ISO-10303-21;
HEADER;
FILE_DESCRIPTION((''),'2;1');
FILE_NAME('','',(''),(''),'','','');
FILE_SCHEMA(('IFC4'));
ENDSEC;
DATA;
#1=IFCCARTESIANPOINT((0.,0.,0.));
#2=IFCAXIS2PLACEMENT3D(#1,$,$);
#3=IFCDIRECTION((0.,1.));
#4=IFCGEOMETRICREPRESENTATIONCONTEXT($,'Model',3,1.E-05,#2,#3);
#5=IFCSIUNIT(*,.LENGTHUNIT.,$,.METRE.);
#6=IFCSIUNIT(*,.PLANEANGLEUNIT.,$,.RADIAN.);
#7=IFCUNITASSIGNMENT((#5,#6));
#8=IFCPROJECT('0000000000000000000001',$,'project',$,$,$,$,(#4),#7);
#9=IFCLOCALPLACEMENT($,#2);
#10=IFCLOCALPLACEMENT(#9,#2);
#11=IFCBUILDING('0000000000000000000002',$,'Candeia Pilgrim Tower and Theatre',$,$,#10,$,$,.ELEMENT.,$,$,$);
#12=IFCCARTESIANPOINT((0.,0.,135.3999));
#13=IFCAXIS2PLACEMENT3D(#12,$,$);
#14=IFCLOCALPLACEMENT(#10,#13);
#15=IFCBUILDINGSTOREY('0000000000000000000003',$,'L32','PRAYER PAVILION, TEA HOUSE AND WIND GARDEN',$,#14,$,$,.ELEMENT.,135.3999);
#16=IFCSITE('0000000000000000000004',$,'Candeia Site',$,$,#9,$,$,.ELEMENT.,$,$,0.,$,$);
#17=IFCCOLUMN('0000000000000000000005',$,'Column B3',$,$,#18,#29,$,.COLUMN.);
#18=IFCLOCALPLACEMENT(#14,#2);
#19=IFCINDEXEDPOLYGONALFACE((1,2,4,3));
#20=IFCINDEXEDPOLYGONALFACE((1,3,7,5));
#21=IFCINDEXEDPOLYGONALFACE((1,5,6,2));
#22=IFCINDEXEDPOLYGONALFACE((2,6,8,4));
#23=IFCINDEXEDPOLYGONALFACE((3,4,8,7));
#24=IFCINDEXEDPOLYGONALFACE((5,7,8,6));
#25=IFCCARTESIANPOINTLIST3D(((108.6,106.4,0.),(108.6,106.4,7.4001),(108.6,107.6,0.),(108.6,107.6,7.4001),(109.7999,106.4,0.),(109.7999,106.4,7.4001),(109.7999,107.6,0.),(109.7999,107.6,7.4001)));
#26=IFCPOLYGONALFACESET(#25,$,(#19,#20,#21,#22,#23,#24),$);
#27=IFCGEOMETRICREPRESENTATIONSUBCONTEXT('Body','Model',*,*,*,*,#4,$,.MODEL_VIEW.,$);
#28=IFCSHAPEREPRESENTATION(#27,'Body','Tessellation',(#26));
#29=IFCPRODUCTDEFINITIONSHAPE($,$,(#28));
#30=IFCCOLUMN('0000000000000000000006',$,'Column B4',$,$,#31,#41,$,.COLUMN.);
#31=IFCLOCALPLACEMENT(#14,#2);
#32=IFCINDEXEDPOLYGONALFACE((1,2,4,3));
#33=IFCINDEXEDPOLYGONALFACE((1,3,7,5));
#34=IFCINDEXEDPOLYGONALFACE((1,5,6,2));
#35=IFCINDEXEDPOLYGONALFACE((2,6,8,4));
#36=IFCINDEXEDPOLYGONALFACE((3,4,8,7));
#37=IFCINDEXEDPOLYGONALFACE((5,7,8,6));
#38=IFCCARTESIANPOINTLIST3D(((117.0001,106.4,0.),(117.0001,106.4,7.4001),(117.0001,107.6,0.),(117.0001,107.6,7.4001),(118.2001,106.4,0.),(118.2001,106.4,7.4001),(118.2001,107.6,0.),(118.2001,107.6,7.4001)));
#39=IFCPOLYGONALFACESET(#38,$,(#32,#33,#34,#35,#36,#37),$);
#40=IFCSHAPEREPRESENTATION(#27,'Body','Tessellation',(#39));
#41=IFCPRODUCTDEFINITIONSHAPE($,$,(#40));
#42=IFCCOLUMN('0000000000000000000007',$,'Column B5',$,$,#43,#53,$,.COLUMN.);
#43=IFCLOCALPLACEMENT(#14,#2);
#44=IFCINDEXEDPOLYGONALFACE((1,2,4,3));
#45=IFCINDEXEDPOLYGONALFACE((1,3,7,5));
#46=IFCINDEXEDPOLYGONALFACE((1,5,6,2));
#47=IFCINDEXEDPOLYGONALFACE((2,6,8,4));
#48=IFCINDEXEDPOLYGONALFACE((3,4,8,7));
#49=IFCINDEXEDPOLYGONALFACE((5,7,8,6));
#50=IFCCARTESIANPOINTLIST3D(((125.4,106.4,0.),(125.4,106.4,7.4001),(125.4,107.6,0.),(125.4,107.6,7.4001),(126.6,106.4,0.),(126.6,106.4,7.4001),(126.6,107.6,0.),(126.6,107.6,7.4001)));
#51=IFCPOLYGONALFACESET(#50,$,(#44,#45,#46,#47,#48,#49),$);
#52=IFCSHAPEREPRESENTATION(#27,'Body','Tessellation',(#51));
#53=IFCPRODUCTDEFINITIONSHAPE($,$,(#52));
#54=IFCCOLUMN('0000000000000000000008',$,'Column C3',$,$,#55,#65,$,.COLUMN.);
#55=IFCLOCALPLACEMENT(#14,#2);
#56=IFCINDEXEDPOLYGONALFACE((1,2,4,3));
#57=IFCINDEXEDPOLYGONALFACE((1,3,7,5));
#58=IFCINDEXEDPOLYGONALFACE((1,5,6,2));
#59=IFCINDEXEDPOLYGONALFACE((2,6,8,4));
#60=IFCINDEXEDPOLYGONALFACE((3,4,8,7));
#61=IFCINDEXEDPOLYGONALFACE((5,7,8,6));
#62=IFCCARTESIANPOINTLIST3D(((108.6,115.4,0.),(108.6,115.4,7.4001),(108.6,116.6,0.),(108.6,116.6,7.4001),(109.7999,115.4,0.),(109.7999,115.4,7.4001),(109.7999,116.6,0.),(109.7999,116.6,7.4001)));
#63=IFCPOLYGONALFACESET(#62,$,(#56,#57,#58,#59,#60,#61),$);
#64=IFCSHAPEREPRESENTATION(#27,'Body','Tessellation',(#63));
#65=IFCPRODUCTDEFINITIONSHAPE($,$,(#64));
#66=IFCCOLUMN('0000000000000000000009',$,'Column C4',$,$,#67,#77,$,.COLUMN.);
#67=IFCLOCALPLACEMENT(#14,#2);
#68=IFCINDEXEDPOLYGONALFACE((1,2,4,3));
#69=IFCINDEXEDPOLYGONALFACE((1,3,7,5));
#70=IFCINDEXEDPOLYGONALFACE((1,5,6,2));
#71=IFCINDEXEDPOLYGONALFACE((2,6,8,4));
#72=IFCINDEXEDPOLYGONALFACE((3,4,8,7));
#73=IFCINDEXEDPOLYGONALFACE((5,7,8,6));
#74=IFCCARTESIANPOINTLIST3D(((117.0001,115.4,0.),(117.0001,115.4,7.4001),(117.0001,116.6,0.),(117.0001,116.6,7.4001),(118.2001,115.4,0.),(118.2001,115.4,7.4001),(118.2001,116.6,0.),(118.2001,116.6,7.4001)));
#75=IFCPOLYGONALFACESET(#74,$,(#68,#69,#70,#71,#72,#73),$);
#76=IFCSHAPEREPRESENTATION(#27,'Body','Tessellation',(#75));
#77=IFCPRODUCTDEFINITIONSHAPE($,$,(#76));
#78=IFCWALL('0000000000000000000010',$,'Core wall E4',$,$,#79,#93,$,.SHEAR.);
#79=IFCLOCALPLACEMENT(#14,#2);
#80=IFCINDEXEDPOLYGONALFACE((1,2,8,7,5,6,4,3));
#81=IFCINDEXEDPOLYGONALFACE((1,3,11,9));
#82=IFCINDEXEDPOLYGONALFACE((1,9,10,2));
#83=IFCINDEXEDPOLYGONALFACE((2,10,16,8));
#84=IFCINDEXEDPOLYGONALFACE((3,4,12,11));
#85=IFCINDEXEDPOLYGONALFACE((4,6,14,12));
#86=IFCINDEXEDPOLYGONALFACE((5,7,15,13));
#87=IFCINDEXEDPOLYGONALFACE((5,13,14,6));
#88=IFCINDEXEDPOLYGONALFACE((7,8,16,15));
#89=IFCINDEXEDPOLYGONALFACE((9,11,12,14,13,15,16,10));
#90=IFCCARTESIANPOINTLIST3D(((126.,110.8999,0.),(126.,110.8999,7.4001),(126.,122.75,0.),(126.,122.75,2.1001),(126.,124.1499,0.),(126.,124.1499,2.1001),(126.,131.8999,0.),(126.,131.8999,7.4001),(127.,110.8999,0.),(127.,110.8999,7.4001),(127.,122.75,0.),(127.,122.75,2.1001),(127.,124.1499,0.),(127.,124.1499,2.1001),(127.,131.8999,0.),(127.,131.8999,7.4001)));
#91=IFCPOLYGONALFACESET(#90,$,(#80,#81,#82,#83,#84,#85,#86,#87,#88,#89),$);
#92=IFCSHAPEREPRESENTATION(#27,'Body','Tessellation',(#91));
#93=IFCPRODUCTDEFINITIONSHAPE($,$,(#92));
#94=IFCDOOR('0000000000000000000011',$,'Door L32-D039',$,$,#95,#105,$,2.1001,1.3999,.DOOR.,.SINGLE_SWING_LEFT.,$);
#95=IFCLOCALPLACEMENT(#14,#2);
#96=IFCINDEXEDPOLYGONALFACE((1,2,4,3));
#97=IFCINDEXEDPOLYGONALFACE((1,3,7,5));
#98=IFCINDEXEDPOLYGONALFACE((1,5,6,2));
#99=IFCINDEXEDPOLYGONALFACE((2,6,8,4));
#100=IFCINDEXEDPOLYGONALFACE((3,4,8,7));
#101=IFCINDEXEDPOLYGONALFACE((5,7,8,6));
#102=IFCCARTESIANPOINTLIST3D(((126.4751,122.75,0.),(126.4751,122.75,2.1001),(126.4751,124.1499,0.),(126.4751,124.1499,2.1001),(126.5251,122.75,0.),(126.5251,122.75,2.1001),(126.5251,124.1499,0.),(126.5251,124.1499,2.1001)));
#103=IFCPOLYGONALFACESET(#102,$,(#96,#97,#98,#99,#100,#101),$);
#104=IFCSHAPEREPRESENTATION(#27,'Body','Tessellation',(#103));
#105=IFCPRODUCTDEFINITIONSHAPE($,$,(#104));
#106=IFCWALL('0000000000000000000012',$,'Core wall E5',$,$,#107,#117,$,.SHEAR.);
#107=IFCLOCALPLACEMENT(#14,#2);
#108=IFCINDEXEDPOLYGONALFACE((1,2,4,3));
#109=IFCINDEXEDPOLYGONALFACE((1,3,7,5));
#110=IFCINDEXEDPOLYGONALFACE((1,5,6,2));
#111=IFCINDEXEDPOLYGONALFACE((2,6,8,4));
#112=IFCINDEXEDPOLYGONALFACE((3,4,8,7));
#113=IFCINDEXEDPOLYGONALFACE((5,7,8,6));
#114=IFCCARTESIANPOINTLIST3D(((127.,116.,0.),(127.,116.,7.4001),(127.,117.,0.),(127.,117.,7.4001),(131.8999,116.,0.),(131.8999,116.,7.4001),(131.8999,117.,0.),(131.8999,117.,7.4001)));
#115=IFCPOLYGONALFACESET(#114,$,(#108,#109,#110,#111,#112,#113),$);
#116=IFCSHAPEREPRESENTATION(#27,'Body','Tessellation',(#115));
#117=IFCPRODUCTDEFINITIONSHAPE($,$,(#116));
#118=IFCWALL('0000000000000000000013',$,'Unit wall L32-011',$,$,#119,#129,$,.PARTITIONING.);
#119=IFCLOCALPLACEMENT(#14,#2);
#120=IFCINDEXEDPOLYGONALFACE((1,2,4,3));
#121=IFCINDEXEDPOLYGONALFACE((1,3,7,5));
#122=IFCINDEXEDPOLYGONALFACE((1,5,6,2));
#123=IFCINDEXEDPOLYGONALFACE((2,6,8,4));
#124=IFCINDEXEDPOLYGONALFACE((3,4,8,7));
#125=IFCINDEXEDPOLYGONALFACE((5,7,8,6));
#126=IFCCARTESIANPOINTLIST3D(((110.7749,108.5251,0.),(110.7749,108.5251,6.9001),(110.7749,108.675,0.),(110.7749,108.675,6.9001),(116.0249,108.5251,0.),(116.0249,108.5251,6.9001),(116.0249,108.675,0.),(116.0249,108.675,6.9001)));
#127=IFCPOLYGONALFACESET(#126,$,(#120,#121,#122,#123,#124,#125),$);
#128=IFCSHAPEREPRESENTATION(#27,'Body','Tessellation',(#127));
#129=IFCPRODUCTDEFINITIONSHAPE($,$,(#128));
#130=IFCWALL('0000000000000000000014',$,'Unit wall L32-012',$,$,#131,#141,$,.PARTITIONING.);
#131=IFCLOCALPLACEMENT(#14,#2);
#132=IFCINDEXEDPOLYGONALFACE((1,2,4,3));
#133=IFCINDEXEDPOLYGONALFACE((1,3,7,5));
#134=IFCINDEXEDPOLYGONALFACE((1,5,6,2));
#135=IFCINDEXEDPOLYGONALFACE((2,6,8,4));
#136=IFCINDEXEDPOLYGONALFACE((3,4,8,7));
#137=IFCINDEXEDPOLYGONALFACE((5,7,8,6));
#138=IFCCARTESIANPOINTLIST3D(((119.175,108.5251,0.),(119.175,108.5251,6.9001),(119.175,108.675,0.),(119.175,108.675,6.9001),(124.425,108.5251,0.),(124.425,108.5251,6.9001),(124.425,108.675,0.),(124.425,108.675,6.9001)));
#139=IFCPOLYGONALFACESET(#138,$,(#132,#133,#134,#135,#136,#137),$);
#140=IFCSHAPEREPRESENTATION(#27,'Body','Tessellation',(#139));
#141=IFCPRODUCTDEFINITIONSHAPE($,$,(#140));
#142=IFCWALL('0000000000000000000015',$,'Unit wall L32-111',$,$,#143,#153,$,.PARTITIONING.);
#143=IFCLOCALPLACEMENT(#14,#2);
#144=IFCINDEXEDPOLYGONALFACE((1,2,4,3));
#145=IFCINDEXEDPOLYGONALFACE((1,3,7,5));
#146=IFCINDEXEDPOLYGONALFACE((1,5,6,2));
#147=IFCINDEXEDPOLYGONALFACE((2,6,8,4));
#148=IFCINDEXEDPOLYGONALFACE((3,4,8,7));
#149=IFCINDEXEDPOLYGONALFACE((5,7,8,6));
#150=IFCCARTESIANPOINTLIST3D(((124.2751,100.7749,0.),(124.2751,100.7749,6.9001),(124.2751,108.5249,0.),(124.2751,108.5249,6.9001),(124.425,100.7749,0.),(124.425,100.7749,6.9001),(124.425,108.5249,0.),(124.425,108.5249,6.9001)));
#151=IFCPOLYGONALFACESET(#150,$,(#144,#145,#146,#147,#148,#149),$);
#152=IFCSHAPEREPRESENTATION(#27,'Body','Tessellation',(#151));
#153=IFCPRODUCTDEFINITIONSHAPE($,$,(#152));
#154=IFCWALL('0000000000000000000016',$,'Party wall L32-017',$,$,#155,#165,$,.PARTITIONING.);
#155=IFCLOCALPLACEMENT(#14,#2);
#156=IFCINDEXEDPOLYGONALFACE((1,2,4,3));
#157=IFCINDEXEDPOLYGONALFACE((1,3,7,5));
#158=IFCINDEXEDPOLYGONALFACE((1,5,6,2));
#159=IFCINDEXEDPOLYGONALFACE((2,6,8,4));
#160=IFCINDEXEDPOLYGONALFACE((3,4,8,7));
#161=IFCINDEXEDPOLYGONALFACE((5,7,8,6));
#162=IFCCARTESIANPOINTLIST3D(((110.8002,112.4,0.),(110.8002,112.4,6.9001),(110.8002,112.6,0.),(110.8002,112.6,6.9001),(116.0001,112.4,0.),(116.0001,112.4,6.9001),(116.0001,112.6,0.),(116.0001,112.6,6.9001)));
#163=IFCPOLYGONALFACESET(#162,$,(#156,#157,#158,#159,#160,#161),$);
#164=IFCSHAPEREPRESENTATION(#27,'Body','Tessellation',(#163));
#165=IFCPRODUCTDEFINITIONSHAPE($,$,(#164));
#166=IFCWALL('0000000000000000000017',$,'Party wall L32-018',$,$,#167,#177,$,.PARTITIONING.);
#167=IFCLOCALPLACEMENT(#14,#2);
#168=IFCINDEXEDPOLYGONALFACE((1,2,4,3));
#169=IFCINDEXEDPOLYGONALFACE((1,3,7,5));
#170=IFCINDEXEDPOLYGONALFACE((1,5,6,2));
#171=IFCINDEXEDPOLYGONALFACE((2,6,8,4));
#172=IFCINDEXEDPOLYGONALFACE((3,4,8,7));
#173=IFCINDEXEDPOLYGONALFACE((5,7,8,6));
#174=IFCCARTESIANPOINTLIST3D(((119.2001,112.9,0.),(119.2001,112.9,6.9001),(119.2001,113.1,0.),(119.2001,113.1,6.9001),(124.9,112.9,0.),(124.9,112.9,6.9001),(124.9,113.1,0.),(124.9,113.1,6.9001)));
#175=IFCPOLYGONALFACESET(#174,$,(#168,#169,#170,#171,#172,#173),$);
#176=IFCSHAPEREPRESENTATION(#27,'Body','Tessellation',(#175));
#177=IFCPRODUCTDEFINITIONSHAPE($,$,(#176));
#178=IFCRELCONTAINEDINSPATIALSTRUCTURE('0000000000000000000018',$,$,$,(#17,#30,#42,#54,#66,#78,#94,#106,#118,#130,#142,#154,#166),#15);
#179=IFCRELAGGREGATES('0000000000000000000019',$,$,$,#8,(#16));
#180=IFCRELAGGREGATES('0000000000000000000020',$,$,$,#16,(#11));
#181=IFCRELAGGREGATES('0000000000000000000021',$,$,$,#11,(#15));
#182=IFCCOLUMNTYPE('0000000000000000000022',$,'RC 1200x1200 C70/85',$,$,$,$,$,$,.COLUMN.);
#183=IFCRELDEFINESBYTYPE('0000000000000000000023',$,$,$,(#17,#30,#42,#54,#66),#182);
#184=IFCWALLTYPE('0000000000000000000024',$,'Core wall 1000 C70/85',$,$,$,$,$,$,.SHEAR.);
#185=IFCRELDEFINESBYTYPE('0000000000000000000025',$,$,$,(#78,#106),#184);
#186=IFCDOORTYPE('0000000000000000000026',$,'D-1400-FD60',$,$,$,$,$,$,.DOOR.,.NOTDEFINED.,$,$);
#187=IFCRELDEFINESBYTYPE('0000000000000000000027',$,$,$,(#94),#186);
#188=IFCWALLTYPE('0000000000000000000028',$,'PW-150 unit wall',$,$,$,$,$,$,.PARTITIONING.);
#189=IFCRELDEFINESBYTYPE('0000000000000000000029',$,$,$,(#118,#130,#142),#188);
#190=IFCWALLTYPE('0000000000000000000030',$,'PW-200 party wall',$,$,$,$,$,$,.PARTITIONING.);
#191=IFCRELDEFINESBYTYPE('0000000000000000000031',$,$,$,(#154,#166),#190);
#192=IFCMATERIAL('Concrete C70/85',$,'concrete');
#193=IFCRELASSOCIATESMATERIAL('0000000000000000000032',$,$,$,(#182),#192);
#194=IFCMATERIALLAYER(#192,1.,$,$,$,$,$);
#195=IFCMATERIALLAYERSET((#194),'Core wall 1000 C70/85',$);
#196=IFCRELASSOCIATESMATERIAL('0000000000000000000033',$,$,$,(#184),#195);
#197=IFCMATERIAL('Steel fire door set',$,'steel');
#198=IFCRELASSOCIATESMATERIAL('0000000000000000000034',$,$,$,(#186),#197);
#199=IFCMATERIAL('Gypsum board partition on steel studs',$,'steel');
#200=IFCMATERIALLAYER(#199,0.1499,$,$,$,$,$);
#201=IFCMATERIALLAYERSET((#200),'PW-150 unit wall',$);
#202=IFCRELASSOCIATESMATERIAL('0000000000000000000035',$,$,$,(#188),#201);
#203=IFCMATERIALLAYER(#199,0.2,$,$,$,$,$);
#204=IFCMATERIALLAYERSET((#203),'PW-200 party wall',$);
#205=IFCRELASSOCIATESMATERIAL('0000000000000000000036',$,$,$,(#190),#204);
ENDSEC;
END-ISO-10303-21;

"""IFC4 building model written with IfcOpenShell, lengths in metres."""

from ifc_helpers import new_model, si_unit, direction, frame, frame_2d, origin, origin_2d, place, context, subcontext, project, spatial, rectangle, extrude, material, layer, layer_set, material_profile, profile_set, type_object, element, fill, save


model = new_model("IFC4")

# Units and contexts
model_context = context("Model", 3, precision=1e-05, world=origin(), true_north=direction((0.0, 1.0)))
body_context = subcontext(model_context, "Body", "Model", "MODEL_VIEW")
ifc_project = project(units=[si_unit("LENGTHUNIT", "METRE"), si_unit("PLANEANGLEUNIT", "RADIAN")], contexts=[model_context])

# Site, building, storey
site_placement = place(None, origin())
site = spatial("IfcSite", under=ifc_project, at=site_placement, Name="Candeia Site", CompositionType="ELEMENT", RefElevation=0.0)
building_placement = place(site_placement, origin())
building = spatial("IfcBuilding", under=site, at=building_placement, Name="Candeia Pilgrim Tower and Theatre", CompositionType="ELEMENT")
storey_placement = place(building_placement, frame((0.0, 0.0, 135.3999)))
storey = spatial("IfcBuildingStorey", under=building, at=storey_placement, Name="L32", Description="PRAYER PAVILION, TEA HOUSE AND WIND GARDEN", CompositionType="ELEMENT", Elevation=135.3999)

# Columns
ifc_material_1 = material(Name="Concrete C70/85", Category="concrete")
ifc_material_profile = material_profile(ifc_material_1, rectangle(XDim=1.2, YDim=1.2, at=origin_2d()))
ifc_profile_set = profile_set([ifc_material_profile], Name="Concrete C70/85")
column_type = type_object("IfcColumnType", Name="RC 1200x1200 C70/85", PredefinedType="COLUMN", material=ifc_profile_set)
for number, where, z_axis, x_axis, name in (
    (1, (109.2, 107.0, 0.0), (0.0, 0.0, 1.0), (1.0, 0.0, 0.0), "Column B3"),
    (2, (117.6001, 107.0, 0.0), (0.0, 0.0, 1.0), (1.0, 0.0, 0.0), "Column B4"),
    (3, (126.0, 107.0, 0.0), (0.0, 0.0, 1.0), (1.0, 0.0, 0.0), "Column B5"),
    (4, (109.2, 116.0, 0.0), (0.0, 0.0, 1.0), (1.0, 0.0, 0.0), "Column C3"),
    (5, (117.6001, 116.0, 0.0), (0.0, 0.0, 1.0), (1.0, 0.0, 0.0), "Column C4"),
):
    element("IfcColumn", number, at=place(storey_placement, frame(where, z_axis=z_axis, x_axis=x_axis)), inside=storey, type_object=column_type, Name=name, PredefinedType="COLUMN", context=body_context, shape_type="SweptSolid", body=[
        extrude(rectangle(XDim=1.2, YDim=1.2, at=origin_2d()), origin(), (0.0, 0.0, 1.0), 7.4001),
    ])

# Wall, opening, door
ifc_layer_1 = layer(ifc_material_1, 1.0)
ifc_layer_set_1 = layer_set([ifc_layer_1], Name="Core wall 1000 C70/85")
wall_type_1 = type_object("IfcWallType", Name="Core wall 1000 C70/85", PredefinedType="SHEAR", material=ifc_layer_set_1)
wall_1_placement = place(storey_placement, frame((126.5, 110.8999, 0.0), z_axis=(0.0, 0.0, 1.0), x_axis=(0.0, 1.0, 0.0)))
wall_1 = element("IfcWall", 6, at=wall_1_placement, inside=storey, type_object=wall_type_1, Name="Core wall E4", PredefinedType="SHEAR", context=body_context, shape_type="SweptSolid", body=[
    extrude(rectangle(XDim=21.0, YDim=1.0, at=frame_2d((10.5, 0.0))), origin(), (0.0, 0.0, 1.0), 7.4001),
])
opening_1_placement = place(wall_1_placement, frame((11.8501, 0.0, 0.0)))
opening_1 = element("IfcOpeningElement", 7, at=opening_1_placement, cuts=wall_1, PredefinedType="OPENING", context=body_context, shape_type="SweptSolid", body=[
    extrude(rectangle(XDim=1.3999, YDim=2.1001, at=frame_2d((0.7, 1.05))), frame((0.0, 0.51, 0.0), z_axis=(0.0, -1.0, 0.0), x_axis=(1.0, 0.0, 0.0)), (0.0, 0.0, 1.0), 1.02),
])
ifc_material_2 = material(Name="Steel fire door set", Category="steel")
door_type_1 = type_object("IfcDoorType", Name="D-1400-FD60", OperationType="NOTDEFINED", PredefinedType="DOOR", material=ifc_material_2)
door_1_placement = place(opening_1_placement, origin())
door_1 = element("IfcDoor", 8, at=door_1_placement, inside=storey, type_object=door_type_1, Name="Door L32-D039", OperationType="SINGLE_SWING_LEFT", OverallHeight=2.1001, OverallWidth=1.3999, PredefinedType="DOOR", context=body_context, shape_type="SweptSolid", body=[
    extrude(rectangle(XDim=1.3999, YDim=2.1001, at=frame_2d((0.7, 1.05))), frame((0.0, 0.0249, 0.0), z_axis=(0.0, -1.0, 0.0), x_axis=(1.0, 0.0, 0.0)), (0.0, 0.0, 1.0), 0.05),
])
fill(opening_1, door_1)

# Walls
wall_2_placement = place(storey_placement, frame((127.0, 116.5, 0.0), z_axis=(0.0, 0.0, 1.0), x_axis=(1.0, 0.0, 0.0)))
element("IfcWall", 9, at=wall_2_placement, inside=storey, type_object=wall_type_1, Name="Core wall E5", PredefinedType="SHEAR", context=body_context, shape_type="SweptSolid", body=[
    extrude(rectangle(XDim=4.8999, YDim=1.0, at=frame_2d((2.45, 0.0))), origin(), (0.0, 0.0, 1.0), 7.4001),
])
ifc_material_3 = material(Name="Gypsum board partition on steel studs", Category="steel")
ifc_layer_2 = layer(ifc_material_3, 0.1499)
ifc_layer_set_2 = layer_set([ifc_layer_2], Name="PW-150 unit wall")
wall_type_2 = type_object("IfcWallType", Name="PW-150 unit wall", PredefinedType="PARTITIONING", material=ifc_layer_set_2)
for number, where, z_axis, x_axis, name in (
    (10, (110.7749, 108.6001, 0.0), (0.0, 0.0, 1.0), (1.0, 0.0, 0.0), "Unit wall L32-011"),
    (11, (119.175, 108.6001, 0.0), (0.0, 0.0, 1.0), (1.0, 0.0, 0.0), "Unit wall L32-012"),
):
    element("IfcWall", number, at=place(storey_placement, frame(where, z_axis=z_axis, x_axis=x_axis)), inside=storey, type_object=wall_type_2, Name=name, PredefinedType="PARTITIONING", context=body_context, shape_type="SweptSolid", body=[
        extrude(rectangle(XDim=5.25, YDim=0.1499, at=frame_2d((2.625, 0.0))), origin(), (0.0, 0.0, 1.0), 6.9001),
    ])
wall_3_placement = place(storey_placement, frame((124.3501, 100.7749, 0.0), z_axis=(0.0, 0.0, 1.0), x_axis=(0.0, 1.0, 0.0)))
element("IfcWall", 12, at=wall_3_placement, inside=storey, type_object=wall_type_2, Name="Unit wall L32-111", PredefinedType="PARTITIONING", context=body_context, shape_type="SweptSolid", body=[
    extrude(rectangle(XDim=7.75, YDim=0.1499, at=frame_2d((3.875, 0.0))), origin(), (0.0, 0.0, 1.0), 6.9001),
])
ifc_layer_3 = layer(ifc_material_3, 0.2)
ifc_layer_set_3 = layer_set([ifc_layer_3], Name="PW-200 party wall")
wall_type_3 = type_object("IfcWallType", Name="PW-200 party wall", PredefinedType="PARTITIONING", material=ifc_layer_set_3)
wall_4_placement = place(storey_placement, frame((110.8, 112.5, 0.0), z_axis=(0.0, 0.0, 1.0), x_axis=(1.0, 0.0, 0.0)))
element("IfcWall", 13, at=wall_4_placement, inside=storey, type_object=wall_type_3, Name="Party wall L32-017", PredefinedType="PARTITIONING", context=body_context, shape_type="SweptSolid", body=[
    extrude(rectangle(XDim=5.2, YDim=0.2, at=frame_2d((2.6001, 0.0))), origin(), (0.0, 0.0, 1.0), 6.9001),
])
wall_5_placement = place(storey_placement, frame((119.2, 113.0, 0.0), z_axis=(0.0, 0.0, 1.0), x_axis=(1.0, 0.0, 0.0)))
element("IfcWall", 14, at=wall_5_placement, inside=storey, type_object=wall_type_3, Name="Party wall L32-018", PredefinedType="PARTITIONING", context=body_context, shape_type="SweptSolid", body=[
    extrude(rectangle(XDim=5.7, YDim=0.2, at=frame_2d((2.8501, 0.0))), origin(), (0.0, 0.0, 1.0), 6.9001),
])

save(model, "model.ifc")
